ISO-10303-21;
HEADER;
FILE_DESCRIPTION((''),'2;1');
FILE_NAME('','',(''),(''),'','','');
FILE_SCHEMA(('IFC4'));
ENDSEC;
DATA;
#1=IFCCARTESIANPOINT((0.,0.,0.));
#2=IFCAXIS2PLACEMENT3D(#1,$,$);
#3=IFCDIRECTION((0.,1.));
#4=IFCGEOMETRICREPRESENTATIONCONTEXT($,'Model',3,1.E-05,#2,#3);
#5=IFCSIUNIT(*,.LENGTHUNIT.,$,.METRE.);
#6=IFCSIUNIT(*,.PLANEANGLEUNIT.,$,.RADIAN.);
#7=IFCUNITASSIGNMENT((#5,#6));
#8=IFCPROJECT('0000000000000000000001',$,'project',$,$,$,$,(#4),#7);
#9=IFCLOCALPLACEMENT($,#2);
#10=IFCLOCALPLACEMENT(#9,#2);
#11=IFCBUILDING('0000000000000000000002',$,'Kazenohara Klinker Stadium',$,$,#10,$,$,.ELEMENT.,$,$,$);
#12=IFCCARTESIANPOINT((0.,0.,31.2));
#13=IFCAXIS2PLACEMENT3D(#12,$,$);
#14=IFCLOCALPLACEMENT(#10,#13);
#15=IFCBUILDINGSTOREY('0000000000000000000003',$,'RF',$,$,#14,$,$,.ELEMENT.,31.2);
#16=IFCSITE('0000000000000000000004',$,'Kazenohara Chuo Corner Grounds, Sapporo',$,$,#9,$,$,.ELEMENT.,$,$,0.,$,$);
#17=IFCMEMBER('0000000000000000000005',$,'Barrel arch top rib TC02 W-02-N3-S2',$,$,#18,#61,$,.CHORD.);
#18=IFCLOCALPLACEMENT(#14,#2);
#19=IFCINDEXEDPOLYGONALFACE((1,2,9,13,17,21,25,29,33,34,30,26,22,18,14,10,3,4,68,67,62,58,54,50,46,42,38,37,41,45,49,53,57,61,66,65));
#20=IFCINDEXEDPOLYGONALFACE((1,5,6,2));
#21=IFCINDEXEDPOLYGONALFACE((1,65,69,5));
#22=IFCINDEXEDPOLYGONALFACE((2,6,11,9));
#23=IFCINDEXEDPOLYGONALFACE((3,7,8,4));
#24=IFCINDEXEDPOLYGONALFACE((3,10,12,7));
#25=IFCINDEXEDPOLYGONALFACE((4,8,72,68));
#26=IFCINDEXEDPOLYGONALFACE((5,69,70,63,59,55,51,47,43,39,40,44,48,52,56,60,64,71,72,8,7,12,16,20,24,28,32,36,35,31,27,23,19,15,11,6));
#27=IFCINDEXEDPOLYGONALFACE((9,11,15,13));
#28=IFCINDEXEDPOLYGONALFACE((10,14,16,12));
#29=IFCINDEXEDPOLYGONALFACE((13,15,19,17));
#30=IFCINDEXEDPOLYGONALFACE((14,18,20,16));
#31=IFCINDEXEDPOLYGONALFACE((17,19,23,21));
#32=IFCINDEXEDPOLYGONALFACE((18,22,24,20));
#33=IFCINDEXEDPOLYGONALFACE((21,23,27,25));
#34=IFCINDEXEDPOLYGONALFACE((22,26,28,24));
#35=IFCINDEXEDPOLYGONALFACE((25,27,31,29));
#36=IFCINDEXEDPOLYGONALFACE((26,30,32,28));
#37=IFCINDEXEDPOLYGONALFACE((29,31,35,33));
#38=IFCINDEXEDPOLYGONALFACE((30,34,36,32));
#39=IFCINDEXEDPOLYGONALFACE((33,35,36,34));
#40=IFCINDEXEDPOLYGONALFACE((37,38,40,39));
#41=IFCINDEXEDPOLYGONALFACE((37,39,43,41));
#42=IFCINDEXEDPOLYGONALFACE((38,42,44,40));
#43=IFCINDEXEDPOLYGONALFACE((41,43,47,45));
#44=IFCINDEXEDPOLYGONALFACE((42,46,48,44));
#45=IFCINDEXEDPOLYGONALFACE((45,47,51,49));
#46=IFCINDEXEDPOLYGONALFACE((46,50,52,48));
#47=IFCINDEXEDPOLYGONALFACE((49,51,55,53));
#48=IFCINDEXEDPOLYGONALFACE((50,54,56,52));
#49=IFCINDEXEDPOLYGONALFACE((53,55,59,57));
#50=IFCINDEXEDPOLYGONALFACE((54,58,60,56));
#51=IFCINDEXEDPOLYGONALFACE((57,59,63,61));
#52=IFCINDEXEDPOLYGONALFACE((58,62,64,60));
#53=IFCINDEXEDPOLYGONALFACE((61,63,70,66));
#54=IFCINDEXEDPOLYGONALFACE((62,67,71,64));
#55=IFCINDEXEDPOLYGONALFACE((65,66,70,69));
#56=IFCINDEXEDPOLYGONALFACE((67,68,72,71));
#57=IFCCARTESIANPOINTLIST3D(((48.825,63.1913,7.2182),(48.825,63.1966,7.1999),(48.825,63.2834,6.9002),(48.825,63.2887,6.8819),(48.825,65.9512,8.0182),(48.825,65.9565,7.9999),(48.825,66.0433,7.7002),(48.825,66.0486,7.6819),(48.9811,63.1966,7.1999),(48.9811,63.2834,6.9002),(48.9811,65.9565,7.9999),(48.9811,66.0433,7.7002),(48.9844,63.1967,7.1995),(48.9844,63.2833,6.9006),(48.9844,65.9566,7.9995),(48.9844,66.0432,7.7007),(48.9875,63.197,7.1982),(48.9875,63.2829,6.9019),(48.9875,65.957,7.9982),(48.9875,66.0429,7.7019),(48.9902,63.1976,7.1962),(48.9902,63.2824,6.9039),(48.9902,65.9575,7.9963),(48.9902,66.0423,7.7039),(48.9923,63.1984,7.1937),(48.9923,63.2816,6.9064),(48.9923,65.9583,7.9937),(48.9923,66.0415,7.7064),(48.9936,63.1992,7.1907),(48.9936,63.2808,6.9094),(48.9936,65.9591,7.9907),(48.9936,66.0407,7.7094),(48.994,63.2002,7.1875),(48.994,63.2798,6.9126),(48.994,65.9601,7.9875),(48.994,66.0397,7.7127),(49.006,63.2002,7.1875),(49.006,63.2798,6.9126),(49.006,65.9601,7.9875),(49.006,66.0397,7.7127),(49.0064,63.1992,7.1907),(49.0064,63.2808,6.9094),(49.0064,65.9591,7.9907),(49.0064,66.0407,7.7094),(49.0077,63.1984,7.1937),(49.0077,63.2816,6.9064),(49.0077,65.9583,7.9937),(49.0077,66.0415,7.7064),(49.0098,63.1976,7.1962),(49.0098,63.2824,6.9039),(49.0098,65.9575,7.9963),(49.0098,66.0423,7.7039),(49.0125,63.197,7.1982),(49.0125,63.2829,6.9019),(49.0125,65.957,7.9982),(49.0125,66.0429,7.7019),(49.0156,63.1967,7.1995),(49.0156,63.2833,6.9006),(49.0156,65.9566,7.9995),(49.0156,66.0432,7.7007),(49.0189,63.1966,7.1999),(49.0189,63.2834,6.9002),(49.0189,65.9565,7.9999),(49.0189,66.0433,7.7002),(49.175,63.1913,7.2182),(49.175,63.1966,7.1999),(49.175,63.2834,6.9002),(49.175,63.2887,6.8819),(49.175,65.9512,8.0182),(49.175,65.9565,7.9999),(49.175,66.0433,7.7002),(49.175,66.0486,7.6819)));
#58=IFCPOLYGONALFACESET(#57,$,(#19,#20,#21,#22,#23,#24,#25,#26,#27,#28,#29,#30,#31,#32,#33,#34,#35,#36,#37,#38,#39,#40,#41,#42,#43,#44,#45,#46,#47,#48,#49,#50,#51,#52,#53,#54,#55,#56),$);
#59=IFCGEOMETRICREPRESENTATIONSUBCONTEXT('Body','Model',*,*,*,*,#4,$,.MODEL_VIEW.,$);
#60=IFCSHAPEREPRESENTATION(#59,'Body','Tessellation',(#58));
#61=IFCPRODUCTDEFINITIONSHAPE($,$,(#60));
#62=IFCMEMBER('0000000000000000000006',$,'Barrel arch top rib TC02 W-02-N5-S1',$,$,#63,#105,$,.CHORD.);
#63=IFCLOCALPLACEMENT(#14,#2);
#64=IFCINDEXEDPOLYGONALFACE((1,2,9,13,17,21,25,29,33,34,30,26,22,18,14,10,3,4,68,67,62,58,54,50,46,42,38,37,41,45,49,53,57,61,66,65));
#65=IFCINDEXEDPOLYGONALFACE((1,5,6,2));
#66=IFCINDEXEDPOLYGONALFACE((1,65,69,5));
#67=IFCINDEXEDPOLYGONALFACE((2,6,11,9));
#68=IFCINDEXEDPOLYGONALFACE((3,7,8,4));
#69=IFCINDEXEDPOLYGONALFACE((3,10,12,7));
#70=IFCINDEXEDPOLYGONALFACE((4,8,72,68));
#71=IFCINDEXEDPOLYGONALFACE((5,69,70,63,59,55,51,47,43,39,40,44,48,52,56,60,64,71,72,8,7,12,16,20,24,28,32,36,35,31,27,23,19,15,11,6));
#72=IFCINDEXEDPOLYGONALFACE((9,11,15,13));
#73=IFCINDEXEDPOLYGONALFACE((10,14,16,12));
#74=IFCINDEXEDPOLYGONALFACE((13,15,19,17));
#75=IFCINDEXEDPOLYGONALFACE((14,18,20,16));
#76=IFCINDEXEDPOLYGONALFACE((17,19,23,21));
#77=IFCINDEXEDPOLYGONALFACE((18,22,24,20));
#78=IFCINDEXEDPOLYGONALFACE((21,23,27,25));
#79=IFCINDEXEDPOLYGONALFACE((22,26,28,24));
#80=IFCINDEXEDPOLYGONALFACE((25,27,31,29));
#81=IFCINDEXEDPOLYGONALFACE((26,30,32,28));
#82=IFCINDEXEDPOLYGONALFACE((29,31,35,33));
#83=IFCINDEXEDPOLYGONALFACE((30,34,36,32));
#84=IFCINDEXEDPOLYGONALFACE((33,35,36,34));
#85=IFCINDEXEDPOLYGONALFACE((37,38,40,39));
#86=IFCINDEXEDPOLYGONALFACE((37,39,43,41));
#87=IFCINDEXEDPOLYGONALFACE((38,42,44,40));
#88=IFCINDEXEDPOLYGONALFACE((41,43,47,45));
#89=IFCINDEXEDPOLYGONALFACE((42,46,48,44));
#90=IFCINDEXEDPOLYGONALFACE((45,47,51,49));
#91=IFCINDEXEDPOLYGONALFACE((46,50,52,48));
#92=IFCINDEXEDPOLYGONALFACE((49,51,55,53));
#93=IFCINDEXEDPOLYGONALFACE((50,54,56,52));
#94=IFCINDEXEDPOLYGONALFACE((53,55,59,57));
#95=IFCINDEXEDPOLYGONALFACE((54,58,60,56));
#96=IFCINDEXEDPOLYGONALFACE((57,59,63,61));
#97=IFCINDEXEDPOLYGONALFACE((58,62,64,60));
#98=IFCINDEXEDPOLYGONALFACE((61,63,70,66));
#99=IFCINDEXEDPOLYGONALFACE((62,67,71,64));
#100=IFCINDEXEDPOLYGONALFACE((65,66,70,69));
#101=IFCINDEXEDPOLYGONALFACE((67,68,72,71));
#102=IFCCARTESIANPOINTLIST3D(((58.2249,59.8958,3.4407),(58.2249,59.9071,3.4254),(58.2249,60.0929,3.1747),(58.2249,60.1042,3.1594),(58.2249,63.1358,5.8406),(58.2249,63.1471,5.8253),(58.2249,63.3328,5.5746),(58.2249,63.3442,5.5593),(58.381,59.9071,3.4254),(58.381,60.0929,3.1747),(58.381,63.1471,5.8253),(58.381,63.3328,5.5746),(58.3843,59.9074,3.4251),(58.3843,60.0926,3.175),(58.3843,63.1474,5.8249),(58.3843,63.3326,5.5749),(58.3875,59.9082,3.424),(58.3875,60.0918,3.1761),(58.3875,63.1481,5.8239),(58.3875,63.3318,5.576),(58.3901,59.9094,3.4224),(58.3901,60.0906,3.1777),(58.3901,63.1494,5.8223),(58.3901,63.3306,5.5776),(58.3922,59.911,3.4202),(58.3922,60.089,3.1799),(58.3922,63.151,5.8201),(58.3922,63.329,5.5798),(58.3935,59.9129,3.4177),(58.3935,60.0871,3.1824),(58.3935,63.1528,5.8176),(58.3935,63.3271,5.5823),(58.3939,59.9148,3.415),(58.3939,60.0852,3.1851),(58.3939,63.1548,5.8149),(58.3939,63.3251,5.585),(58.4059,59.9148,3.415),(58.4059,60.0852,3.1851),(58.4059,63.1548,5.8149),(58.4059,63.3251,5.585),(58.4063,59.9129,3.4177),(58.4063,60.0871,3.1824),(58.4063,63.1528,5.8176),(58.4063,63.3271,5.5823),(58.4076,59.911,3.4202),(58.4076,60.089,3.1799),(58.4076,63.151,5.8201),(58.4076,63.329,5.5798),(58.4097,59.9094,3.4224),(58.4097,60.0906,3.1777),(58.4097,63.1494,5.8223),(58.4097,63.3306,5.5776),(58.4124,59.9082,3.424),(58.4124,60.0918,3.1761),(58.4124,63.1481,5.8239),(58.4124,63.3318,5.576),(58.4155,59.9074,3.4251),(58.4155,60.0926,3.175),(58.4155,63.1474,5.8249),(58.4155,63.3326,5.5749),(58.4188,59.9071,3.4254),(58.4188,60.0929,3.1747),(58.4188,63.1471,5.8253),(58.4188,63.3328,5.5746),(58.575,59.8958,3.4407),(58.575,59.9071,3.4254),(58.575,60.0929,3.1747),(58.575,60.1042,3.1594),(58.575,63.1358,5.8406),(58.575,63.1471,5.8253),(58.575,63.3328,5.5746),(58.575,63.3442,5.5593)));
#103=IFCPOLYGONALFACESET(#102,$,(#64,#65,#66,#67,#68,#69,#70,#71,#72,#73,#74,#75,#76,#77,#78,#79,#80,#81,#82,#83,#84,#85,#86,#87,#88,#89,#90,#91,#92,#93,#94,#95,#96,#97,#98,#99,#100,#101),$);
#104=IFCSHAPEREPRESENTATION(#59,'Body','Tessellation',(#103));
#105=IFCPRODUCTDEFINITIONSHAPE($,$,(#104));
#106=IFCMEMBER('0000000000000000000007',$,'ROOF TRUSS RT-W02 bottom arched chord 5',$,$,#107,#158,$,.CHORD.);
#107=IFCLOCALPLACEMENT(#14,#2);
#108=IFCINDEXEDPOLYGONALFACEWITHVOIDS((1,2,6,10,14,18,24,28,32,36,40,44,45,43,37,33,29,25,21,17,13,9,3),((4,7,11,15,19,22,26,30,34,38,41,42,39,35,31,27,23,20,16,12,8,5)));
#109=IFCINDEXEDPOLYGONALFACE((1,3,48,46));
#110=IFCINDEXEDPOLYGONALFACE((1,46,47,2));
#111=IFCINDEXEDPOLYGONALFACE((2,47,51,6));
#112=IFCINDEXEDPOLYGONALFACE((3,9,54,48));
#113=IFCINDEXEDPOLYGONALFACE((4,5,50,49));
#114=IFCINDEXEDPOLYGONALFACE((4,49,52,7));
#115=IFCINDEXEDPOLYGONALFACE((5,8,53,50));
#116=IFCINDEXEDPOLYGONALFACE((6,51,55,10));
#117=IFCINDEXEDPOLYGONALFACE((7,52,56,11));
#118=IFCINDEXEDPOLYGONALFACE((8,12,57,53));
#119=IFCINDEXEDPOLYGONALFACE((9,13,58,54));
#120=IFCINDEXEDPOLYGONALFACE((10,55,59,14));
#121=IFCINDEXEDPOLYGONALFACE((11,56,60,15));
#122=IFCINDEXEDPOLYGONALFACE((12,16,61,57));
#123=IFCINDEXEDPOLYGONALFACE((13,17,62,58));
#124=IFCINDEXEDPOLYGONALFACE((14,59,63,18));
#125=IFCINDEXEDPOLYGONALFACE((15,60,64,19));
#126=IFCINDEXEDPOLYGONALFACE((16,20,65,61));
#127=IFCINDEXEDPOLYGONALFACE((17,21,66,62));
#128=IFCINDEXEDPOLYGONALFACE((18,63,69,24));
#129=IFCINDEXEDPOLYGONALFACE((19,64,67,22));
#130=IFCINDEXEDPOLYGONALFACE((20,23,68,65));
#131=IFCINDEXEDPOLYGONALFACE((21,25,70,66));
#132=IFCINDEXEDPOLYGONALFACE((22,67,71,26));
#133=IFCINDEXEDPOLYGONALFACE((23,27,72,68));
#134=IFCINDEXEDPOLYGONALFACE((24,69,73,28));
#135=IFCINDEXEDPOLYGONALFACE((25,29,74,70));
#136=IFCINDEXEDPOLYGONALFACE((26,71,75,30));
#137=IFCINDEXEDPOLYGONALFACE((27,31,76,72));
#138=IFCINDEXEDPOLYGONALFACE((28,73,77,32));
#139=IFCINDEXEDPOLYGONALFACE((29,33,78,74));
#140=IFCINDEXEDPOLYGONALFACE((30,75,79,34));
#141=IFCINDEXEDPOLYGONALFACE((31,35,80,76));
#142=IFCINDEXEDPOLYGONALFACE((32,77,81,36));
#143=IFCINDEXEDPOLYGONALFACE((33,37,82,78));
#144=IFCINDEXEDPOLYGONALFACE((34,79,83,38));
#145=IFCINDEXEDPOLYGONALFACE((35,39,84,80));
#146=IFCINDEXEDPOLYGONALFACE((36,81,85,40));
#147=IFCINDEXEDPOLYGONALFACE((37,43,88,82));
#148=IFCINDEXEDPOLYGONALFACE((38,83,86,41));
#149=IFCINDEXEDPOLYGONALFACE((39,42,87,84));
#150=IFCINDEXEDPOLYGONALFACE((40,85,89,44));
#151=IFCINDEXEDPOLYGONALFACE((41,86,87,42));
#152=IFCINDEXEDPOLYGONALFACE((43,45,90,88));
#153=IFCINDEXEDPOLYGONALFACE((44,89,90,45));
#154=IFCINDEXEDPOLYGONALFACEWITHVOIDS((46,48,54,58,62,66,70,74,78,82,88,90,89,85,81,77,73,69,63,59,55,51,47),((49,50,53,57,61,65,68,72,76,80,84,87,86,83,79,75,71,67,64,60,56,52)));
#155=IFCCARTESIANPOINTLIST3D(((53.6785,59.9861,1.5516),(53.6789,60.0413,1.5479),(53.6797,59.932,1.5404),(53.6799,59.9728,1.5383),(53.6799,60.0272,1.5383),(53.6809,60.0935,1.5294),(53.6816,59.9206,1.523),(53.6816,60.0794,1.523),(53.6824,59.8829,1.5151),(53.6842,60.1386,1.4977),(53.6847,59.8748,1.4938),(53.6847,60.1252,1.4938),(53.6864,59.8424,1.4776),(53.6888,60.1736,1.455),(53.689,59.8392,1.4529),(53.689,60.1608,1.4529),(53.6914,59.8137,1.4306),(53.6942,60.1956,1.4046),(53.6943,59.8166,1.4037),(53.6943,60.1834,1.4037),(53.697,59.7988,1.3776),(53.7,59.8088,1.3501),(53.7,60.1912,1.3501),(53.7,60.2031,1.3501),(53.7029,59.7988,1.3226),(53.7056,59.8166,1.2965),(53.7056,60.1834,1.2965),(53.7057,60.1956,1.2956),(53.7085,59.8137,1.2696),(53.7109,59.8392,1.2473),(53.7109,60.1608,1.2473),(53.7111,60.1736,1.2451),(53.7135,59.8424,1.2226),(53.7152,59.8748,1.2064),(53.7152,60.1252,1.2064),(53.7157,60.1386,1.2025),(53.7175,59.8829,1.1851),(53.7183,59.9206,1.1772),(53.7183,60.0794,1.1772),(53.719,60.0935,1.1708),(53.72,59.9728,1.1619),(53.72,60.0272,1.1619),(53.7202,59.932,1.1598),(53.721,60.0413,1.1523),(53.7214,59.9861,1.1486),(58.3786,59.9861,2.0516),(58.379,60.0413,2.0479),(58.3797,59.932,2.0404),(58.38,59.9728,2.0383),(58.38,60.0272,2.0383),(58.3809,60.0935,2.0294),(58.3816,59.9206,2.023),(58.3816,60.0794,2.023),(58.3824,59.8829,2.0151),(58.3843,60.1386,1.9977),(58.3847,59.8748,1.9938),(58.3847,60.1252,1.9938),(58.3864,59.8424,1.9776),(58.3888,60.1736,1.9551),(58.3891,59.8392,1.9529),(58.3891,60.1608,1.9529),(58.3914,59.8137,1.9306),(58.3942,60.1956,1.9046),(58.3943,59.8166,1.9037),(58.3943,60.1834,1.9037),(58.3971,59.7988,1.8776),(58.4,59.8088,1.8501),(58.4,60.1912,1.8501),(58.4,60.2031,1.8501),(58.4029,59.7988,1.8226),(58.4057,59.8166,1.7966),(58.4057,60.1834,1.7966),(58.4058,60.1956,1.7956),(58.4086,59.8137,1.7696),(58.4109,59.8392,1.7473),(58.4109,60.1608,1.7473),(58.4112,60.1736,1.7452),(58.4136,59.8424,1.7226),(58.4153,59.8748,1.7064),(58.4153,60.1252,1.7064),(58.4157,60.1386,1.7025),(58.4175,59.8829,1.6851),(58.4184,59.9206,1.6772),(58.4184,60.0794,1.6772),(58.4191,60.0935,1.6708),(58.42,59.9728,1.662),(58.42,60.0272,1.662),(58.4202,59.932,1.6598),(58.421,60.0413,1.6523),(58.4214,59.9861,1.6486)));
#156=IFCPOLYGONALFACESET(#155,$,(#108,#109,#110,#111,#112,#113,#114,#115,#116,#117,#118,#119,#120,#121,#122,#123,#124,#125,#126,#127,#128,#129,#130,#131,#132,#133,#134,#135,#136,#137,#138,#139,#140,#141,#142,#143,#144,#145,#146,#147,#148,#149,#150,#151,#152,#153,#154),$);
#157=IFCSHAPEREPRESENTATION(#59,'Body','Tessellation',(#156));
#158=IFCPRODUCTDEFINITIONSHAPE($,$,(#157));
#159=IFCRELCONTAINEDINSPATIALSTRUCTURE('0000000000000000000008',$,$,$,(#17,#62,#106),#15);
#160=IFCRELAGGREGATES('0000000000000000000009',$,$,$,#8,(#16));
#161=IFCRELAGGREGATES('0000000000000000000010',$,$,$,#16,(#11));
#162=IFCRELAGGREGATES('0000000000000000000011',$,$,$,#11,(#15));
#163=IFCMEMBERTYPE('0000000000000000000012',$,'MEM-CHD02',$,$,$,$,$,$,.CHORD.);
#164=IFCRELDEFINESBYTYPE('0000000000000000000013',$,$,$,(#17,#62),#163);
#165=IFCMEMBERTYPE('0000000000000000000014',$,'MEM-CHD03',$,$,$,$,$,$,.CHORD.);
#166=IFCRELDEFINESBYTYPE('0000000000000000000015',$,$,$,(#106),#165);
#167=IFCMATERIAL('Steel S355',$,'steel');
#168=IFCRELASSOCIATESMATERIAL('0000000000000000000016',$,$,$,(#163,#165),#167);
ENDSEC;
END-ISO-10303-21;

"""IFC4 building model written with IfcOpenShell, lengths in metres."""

from ifc_helpers import new_model, si_unit, direction, frame, origin, origin_2d, place, context, subcontext, project, spatial, hollow_circle, i_section, extrude, material, material_profile, profile_set, type_object, element, save


model = new_model("IFC4")

# Units and contexts
model_context = context("Model", 3, precision=1e-05, world=origin(), true_north=direction((0.0, 1.0)))
body_context = subcontext(model_context, "Body", "Model", "MODEL_VIEW")
ifc_project = project(units=[si_unit("LENGTHUNIT", "METRE"), si_unit("PLANEANGLEUNIT", "RADIAN")], contexts=[model_context])

# Site, building, storey
site_placement = place(None, origin())
site = spatial("IfcSite", under=ifc_project, at=site_placement, Name="Kazenohara Chuo Corner Grounds, Sapporo", CompositionType="ELEMENT", RefElevation=0.0)
building_placement = place(site_placement, origin())
building = spatial("IfcBuilding", under=site, at=building_placement, Name="Kazenohara Klinker Stadium", CompositionType="ELEMENT")
storey_placement = place(building_placement, frame((0.0, 0.0, 31.2)))
storey = spatial("IfcBuildingStorey", under=building, at=storey_placement, Name="RF", CompositionType="ELEMENT", Elevation=31.2)

# Members
ifc_material_1 = material(Name="Steel S355", Category="steel")
ifc_material_profile_1 = material_profile(ifc_material_1, i_section(OverallWidth=0.3501, OverallDepth=0.3501, WebThickness=0.012, FlangeThickness=0.019, FilletRadius=0.0129, at=origin_2d()), Name="H-350x350x12x19")
ifc_profile_set_1 = profile_set([ifc_material_profile_1], Name="Steel S355")
member_type_1 = type_object("IfcMemberType", Name="MEM-CHD02", PredefinedType="CHORD", material=ifc_profile_set_1)
member_1_placement = place(storey_placement, frame((49.0, 63.24, 7.05), z_axis=(0.0, 0.960462, 0.278411), x_axis=(-1.0, 0.0, 0.0)))
element("IfcMember", 1, at=member_1_placement, inside=storey, type_object=member_type_1, Name="Barrel arch top rib TC02 W-02-N3-S2", PredefinedType="CHORD", context=body_context, shape_type="SweptSolid", body=[
    extrude(i_section(OverallWidth=0.3501, OverallDepth=0.3501, WebThickness=0.012, FlangeThickness=0.019, FilletRadius=0.0129, at=origin_2d()), origin(), (0.0, 0.0, 1.0), 2.8735),
])
member_2_placement = place(storey_placement, frame((58.3999, 60.0, 3.3), z_axis=(0.0, 0.803568, 0.595213), x_axis=(-1.0, 0.0, 0.0)))
element("IfcMember", 2, at=member_2_placement, inside=storey, type_object=member_type_1, Name="Barrel arch top rib TC02 W-02-N5-S1", PredefinedType="CHORD", context=body_context, shape_type="SweptSolid", body=[
    extrude(i_section(OverallWidth=0.3501, OverallDepth=0.3501, WebThickness=0.012, FlangeThickness=0.019, FilletRadius=0.0129, at=origin_2d()), origin(), (0.0, 0.0, 1.0), 4.032),
])
ifc_material_profile_2 = material_profile(ifc_material_1, hollow_circle(Radius=0.2031, WallThickness=0.012, at=origin_2d()), Name="CHS-406.4x12")
ifc_profile_set_2 = profile_set([ifc_material_profile_2], Name="Steel S355")
member_type_2 = type_object("IfcMemberType", Name="MEM-CHD03", PredefinedType="CHORD", material=ifc_profile_set_2)
member_3_placement = place(storey_placement, frame((53.7, 60.0, 1.3501), z_axis=(0.994389, 0.0, 0.105787), x_axis=(0.0, 1.0, 0.0)))
element("IfcMember", 3, at=member_3_placement, inside=storey, type_object=member_type_2, Name="ROOF TRUSS RT-W02 bottom arched chord 5", PredefinedType="CHORD", context=body_context, shape_type="SweptSolid", body=[
    extrude(hollow_circle(Radius=0.2031, WallThickness=0.012, at=origin_2d()), origin(), (0.0, 0.0, 1.0), 4.7266),
])

save(model, "model.ifc")
